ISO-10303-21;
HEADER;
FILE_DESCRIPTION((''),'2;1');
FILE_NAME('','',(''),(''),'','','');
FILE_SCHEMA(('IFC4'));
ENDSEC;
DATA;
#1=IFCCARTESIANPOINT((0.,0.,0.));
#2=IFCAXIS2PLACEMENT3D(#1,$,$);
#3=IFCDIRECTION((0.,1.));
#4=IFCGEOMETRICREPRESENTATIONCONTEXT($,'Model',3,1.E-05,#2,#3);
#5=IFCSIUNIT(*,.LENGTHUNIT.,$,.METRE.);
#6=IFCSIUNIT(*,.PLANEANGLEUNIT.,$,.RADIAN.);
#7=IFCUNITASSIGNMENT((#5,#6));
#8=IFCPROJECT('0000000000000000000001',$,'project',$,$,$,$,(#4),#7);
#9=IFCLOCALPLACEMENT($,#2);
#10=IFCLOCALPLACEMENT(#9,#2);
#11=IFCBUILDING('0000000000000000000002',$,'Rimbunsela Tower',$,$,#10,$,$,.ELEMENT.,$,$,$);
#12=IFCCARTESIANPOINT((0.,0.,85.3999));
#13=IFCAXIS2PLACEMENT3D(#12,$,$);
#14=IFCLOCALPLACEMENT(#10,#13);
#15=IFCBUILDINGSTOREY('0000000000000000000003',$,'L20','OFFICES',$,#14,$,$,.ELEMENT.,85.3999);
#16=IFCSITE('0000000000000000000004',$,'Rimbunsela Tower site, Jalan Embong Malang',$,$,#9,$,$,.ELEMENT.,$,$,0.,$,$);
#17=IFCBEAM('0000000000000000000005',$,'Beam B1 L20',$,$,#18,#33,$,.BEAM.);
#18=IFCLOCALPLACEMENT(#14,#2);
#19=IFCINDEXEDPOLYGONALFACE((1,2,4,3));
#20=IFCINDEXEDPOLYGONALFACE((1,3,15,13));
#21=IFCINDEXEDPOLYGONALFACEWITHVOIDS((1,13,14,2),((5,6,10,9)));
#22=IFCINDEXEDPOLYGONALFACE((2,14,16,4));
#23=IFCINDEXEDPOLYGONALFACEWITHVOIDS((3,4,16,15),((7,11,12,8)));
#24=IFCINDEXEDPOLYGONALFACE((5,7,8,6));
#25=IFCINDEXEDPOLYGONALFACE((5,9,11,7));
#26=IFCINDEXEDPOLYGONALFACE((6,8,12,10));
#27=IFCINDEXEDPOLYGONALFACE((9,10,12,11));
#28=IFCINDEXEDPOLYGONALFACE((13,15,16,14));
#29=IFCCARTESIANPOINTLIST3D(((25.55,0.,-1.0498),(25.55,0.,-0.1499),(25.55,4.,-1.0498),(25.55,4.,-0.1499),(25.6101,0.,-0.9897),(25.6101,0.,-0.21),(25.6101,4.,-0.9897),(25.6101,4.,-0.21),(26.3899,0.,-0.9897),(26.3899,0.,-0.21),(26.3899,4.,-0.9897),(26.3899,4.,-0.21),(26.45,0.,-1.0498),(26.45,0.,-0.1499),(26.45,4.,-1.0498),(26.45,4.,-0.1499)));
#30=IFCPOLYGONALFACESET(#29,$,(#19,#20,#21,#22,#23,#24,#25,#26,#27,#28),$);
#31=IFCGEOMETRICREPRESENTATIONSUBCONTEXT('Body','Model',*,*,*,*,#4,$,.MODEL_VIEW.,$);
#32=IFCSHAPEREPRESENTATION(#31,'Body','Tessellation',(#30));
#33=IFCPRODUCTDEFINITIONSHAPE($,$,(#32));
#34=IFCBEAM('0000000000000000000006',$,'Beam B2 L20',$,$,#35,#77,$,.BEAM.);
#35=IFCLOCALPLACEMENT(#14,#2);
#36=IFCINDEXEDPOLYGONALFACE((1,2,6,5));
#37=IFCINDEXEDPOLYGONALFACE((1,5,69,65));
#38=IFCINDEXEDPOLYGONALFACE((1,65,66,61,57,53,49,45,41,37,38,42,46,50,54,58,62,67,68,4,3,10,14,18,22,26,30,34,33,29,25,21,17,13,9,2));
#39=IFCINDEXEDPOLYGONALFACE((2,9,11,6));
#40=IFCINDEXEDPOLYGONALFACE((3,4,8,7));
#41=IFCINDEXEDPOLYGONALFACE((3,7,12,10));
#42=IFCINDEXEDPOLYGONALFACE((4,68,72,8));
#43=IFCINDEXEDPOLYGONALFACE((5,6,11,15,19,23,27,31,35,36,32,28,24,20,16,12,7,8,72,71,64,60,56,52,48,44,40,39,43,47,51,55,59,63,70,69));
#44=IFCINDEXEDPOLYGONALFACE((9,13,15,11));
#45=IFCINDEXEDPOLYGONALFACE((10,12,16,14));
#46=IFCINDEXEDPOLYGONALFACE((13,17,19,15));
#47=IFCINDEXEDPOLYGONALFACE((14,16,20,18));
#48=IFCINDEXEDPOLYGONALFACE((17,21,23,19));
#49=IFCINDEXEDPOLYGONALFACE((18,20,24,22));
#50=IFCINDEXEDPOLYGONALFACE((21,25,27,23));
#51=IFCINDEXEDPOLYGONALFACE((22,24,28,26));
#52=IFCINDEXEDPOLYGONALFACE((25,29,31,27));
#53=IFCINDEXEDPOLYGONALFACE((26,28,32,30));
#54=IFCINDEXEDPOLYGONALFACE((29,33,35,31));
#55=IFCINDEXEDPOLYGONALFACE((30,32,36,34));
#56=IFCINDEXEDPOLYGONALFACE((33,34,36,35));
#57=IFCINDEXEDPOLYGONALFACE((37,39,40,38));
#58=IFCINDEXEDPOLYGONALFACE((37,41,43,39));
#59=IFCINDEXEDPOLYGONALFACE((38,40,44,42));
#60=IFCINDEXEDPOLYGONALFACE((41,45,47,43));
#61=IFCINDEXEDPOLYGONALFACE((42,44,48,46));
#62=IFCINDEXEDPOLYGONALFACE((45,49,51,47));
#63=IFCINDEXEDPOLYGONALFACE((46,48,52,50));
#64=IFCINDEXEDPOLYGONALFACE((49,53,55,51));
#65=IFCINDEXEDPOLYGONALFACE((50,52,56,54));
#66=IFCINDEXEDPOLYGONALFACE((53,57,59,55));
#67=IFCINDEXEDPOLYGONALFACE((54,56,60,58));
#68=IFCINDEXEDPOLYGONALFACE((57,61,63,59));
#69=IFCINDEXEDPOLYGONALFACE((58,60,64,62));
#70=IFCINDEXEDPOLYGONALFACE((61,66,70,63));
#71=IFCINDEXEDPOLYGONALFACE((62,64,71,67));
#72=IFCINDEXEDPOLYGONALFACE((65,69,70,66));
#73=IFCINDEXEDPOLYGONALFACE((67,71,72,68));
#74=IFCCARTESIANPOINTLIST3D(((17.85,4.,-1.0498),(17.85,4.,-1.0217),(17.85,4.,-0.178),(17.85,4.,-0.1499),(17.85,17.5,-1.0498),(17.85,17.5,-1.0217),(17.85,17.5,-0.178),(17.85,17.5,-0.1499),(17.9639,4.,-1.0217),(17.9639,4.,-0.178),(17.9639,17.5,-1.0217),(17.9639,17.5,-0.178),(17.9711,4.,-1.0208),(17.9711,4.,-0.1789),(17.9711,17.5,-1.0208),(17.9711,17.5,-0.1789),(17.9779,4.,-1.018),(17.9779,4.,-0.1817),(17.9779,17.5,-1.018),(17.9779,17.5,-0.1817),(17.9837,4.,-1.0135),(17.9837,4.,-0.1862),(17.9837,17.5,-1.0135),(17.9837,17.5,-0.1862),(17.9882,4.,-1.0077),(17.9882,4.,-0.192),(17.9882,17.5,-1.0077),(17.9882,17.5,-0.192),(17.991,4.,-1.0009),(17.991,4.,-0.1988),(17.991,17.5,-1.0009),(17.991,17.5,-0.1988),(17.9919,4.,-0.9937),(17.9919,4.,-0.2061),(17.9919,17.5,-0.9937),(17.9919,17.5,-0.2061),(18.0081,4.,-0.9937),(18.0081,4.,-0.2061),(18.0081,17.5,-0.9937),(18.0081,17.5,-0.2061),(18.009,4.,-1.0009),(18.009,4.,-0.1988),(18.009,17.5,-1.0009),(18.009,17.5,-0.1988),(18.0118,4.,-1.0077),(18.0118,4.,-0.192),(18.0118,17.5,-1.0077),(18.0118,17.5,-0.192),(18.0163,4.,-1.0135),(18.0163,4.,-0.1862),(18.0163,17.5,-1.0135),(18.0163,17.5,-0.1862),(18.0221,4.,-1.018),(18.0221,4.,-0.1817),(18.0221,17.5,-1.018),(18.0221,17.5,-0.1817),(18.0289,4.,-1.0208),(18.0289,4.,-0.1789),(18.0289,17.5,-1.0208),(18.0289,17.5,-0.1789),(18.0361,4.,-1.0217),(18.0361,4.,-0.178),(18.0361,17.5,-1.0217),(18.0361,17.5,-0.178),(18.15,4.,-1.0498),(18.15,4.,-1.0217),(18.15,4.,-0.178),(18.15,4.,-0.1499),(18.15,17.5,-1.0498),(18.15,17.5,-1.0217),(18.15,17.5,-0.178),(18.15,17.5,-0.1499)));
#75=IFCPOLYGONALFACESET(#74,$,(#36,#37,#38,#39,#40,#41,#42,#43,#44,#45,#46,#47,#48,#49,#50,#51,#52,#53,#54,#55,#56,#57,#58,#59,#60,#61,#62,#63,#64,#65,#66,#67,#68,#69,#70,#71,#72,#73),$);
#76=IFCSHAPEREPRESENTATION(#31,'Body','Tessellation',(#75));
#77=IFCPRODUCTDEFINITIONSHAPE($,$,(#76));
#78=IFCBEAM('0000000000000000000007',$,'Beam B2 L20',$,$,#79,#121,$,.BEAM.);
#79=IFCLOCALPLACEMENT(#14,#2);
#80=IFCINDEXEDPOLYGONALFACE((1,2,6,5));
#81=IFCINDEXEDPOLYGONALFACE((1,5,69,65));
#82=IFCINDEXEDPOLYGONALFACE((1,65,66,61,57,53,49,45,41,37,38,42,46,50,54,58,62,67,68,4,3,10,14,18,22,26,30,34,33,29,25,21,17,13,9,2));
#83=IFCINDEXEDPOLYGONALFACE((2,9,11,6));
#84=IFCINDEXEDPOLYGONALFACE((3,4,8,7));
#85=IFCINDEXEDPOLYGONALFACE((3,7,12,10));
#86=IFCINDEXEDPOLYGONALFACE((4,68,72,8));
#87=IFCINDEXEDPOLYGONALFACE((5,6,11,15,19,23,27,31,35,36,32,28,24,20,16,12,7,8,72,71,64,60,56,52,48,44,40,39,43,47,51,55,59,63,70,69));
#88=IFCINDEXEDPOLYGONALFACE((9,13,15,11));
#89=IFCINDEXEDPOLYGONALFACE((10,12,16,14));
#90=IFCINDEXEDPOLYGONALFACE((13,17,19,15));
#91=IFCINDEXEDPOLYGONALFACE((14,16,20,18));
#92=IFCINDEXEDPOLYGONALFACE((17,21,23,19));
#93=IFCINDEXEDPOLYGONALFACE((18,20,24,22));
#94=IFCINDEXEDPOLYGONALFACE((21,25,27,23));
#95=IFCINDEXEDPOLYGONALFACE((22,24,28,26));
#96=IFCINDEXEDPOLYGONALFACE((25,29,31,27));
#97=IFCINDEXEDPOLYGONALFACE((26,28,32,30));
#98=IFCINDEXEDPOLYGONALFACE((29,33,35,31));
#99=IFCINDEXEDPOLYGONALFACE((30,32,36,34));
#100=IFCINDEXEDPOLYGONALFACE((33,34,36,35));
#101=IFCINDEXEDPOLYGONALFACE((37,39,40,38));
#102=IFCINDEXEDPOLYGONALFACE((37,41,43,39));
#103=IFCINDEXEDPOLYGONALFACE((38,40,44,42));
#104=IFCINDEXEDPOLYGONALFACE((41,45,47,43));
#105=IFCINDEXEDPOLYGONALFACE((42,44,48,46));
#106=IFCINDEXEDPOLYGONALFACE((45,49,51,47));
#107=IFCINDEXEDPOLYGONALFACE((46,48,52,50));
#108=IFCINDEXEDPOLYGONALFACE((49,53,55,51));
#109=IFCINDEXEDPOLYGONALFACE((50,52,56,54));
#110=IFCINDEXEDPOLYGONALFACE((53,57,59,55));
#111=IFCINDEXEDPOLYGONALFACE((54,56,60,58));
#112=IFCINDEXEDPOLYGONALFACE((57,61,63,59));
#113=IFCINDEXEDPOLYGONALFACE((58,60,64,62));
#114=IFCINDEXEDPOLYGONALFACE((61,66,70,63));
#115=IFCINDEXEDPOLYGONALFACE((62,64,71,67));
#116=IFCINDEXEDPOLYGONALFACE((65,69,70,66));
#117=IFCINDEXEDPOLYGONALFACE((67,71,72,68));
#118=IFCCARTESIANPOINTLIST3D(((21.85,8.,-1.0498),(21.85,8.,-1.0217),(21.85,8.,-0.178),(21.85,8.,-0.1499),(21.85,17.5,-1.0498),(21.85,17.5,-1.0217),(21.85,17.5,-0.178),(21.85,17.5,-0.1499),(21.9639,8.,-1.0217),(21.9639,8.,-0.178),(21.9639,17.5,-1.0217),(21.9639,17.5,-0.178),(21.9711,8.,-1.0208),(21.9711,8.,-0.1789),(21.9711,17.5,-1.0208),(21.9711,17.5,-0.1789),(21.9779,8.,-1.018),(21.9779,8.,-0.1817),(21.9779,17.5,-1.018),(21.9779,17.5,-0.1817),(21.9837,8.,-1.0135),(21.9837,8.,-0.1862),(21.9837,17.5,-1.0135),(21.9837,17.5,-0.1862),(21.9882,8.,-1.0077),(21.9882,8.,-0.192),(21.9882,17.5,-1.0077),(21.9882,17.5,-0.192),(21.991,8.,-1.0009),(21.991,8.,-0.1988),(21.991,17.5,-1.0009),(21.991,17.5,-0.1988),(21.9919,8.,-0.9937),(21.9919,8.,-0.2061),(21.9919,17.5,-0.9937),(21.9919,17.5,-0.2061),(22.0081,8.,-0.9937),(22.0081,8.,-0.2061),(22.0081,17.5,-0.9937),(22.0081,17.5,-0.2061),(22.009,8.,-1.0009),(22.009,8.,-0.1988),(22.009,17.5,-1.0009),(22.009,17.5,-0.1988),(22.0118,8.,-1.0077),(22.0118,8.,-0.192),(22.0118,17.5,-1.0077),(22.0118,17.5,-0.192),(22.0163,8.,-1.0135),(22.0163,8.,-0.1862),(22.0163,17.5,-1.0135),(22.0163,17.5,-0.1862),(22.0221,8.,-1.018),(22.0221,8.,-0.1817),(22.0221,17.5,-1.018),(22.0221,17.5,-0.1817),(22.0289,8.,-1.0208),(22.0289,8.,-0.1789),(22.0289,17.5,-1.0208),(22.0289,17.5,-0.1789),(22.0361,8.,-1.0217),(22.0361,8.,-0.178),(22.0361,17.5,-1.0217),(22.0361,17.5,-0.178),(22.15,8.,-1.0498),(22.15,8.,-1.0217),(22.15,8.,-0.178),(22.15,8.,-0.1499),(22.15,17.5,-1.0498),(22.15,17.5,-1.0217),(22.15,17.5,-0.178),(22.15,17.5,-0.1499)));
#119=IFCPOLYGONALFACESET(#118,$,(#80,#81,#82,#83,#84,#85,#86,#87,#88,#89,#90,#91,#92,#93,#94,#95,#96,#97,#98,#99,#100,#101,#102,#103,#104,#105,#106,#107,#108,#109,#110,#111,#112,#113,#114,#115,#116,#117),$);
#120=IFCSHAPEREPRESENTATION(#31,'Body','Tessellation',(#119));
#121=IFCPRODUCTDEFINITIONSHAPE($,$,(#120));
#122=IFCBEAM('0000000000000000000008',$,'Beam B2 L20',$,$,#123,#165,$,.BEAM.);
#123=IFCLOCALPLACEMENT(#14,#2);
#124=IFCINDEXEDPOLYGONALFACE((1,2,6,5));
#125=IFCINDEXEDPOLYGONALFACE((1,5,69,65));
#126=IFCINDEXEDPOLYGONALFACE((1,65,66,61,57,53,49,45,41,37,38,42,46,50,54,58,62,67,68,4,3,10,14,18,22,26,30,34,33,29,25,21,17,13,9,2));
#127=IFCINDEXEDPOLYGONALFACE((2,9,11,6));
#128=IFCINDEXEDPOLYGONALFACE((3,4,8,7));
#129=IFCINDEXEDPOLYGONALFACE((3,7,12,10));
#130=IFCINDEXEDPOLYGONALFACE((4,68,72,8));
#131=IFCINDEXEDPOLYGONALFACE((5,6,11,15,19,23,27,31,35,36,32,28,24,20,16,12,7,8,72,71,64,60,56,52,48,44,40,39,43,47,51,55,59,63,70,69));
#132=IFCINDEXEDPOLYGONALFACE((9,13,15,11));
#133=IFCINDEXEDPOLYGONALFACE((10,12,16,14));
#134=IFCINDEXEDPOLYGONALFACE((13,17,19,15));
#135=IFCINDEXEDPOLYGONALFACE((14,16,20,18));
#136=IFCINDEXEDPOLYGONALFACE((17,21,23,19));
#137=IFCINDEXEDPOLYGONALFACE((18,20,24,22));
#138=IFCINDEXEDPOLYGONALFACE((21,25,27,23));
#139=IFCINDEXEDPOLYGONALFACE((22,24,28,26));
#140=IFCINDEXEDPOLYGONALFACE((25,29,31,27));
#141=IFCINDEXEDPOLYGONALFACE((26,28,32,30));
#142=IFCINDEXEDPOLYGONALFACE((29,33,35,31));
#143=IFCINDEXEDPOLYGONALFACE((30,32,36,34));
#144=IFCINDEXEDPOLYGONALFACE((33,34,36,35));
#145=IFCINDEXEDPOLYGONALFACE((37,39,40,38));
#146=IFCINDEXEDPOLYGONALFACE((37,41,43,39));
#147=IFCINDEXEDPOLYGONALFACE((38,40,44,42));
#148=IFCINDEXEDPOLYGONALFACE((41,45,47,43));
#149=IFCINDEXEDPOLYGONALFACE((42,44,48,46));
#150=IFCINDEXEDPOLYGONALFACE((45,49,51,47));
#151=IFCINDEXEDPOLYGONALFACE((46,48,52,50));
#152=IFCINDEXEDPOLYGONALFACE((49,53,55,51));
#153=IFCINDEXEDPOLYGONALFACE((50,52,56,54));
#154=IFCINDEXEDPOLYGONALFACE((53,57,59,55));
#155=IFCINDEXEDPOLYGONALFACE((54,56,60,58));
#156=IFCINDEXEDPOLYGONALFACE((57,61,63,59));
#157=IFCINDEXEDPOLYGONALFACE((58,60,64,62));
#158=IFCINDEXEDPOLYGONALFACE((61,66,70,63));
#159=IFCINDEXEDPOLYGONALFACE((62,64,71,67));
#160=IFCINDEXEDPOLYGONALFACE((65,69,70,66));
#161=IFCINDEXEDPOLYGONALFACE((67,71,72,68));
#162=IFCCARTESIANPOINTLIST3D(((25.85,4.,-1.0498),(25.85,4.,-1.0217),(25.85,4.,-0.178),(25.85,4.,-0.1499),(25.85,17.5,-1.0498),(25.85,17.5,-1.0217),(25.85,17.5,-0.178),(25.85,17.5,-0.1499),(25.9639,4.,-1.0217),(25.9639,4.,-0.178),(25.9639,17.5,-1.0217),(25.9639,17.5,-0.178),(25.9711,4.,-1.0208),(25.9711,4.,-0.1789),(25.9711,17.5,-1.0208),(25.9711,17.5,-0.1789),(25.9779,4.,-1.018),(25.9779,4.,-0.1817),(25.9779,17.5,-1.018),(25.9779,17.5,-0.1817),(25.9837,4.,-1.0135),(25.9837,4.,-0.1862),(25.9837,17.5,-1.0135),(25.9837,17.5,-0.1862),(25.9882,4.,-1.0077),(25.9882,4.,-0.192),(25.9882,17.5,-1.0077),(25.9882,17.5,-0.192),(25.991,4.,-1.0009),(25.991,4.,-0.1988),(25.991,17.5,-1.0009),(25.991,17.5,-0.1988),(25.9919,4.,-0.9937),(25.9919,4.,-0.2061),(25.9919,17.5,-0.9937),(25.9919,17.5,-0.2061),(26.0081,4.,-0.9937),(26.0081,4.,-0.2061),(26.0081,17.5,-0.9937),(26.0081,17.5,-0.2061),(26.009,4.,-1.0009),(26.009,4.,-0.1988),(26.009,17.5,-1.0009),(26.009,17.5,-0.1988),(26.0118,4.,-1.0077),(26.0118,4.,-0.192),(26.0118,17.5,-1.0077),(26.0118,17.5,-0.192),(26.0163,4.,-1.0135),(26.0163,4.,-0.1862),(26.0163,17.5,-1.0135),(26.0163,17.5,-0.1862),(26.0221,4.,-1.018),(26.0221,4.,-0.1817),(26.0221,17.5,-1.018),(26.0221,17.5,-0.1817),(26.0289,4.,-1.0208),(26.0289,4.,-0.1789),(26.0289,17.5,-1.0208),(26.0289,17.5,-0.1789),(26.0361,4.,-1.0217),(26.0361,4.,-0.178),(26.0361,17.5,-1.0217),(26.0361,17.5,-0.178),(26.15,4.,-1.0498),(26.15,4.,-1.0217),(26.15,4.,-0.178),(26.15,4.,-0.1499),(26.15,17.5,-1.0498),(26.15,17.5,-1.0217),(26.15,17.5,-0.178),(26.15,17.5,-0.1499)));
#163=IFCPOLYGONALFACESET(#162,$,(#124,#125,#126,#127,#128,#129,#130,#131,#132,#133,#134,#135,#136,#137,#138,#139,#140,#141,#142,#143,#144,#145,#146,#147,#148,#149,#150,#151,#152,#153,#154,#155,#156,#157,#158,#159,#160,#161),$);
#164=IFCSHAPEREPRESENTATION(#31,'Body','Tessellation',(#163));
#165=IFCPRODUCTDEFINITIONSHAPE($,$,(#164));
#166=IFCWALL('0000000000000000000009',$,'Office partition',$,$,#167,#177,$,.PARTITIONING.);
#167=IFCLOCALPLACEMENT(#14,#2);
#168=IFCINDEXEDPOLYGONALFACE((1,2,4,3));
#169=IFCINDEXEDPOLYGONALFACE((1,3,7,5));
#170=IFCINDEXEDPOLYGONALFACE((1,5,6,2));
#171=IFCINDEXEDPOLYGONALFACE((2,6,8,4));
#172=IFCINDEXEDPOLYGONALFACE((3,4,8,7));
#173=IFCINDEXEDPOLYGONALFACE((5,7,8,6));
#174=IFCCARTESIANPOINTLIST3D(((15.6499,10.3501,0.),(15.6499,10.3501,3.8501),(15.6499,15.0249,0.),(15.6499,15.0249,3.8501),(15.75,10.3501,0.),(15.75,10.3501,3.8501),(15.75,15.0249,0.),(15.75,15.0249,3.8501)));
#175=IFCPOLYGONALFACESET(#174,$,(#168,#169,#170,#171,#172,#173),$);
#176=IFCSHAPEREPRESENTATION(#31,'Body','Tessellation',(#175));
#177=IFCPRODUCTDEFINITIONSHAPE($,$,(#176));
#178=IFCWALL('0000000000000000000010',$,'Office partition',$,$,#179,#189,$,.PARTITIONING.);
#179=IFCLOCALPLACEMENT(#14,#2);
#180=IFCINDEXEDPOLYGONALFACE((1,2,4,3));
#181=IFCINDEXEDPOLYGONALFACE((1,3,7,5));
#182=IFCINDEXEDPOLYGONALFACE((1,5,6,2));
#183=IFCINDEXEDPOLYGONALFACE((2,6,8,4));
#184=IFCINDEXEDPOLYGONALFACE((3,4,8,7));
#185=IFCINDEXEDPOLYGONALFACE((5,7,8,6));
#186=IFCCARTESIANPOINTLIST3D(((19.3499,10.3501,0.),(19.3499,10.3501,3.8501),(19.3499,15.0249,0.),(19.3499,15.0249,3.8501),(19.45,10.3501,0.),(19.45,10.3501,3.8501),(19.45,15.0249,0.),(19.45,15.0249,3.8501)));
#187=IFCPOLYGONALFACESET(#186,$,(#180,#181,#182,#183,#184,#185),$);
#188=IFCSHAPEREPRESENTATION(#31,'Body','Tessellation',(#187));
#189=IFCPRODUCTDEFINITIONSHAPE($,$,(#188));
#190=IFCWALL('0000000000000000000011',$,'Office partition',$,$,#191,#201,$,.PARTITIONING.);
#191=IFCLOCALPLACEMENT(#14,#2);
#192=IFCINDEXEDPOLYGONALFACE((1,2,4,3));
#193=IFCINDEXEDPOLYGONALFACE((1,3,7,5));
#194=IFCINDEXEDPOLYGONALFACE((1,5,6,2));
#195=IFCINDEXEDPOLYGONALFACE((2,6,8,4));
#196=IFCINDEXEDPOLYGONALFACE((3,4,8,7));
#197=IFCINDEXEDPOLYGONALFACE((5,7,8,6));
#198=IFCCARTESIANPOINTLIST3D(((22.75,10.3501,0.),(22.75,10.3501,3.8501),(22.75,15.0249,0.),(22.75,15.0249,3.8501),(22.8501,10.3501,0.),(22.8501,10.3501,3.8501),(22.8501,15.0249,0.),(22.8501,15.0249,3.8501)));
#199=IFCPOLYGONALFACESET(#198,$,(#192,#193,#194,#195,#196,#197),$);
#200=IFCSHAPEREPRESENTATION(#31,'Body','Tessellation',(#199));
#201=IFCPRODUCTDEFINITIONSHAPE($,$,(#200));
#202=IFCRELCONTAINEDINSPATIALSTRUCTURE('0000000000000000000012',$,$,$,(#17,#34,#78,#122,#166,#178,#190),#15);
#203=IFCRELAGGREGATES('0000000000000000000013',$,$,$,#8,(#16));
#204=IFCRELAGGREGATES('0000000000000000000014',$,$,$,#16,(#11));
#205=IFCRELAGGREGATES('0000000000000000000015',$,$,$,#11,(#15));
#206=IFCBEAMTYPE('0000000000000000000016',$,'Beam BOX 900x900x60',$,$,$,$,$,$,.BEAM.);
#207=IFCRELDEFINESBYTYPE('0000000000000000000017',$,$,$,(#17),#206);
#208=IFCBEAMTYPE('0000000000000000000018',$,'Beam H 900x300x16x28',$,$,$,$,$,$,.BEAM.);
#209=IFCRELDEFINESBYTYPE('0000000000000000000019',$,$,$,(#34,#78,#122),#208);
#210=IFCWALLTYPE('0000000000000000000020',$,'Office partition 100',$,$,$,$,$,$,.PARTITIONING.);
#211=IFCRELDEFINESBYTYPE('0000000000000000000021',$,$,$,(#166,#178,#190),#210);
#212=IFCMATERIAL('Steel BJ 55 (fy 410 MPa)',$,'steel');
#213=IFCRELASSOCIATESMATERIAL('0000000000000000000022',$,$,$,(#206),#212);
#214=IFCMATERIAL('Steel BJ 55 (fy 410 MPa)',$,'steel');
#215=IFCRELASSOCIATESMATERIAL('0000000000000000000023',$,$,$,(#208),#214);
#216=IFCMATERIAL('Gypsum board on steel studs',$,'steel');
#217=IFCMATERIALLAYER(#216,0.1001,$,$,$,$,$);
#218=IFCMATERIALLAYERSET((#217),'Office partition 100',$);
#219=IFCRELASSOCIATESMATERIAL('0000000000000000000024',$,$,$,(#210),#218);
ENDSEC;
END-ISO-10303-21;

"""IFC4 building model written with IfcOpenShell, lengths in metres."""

from ifc_helpers import new_model, si_unit, direction, frame, frame_2d, origin, origin_2d, place, context, subcontext, project, spatial, rectangle, hollow_rectangle, i_section, extrude, material, layer, layer_set, material_profile, profile_set, type_object, element, save


model = new_model("IFC4")

# Units and contexts
model_context = context("Model", 3, precision=1e-05, world=origin(), true_north=direction((0.0, 1.0)))
body_context = subcontext(model_context, "Body", "Model", "MODEL_VIEW")
ifc_project = project(units=[si_unit("LENGTHUNIT", "METRE"), si_unit("PLANEANGLEUNIT", "RADIAN")], contexts=[model_context])

# Site, building, storey
site_placement = place(None, origin())
site = spatial("IfcSite", under=ifc_project, at=site_placement, Name="Rimbunsela Tower site, Jalan Embong Malang", CompositionType="ELEMENT", RefElevation=0.0)
building_placement = place(site_placement, origin())
building = spatial("IfcBuilding", under=site, at=building_placement, Name="Rimbunsela Tower", CompositionType="ELEMENT")
storey_placement = place(building_placement, frame((0.0, 0.0, 85.3999)))
storey = spatial("IfcBuildingStorey", under=building, at=storey_placement, Name="L20", Description="OFFICES", CompositionType="ELEMENT", Elevation=85.3999)

# Beams
ifc_material_1 = material(Name="Steel BJ 55 (fy 410 MPa)", Category="steel")
ifc_material_profile_1 = material_profile(ifc_material_1, hollow_rectangle(XDim=0.8999, YDim=0.8999, WallThickness=0.0601, at=origin_2d()), Name="BOX 900x900x60")
ifc_profile_set_1 = profile_set([ifc_material_profile_1], Name="Steel BJ 55 (fy 410 MPa)")
beam_type_1 = type_object("IfcBeamType", Name="Beam BOX 900x900x60", PredefinedType="BEAM", material=ifc_profile_set_1)
beam_1_placement = place(storey_placement, frame((26.0, 0.0, -0.5999), z_axis=(0.0, 1.0, 0.0), x_axis=(-1.0, 0.0, 0.0)))
element("IfcBeam", 1, at=beam_1_placement, inside=storey, type_object=beam_type_1, Name="Beam B1 L20", PredefinedType="BEAM", context=body_context, shape_type="SweptSolid", body=[
    extrude(hollow_rectangle(XDim=0.8999, YDim=0.8999, WallThickness=0.0601, at=origin_2d()), origin(), (0.0, 0.0, 1.0), 4.0),
])
ifc_material_2 = material(Name="Steel BJ 55 (fy 410 MPa)", Category="steel")
ifc_material_profile_2 = material_profile(ifc_material_2, i_section(OverallWidth=0.3, OverallDepth=0.8999, WebThickness=0.0161, FlangeThickness=0.0281, FilletRadius=0.0281, at=origin_2d()), Name="H 900x300x16x28")
ifc_profile_set_2 = profile_set([ifc_material_profile_2], Name="Steel BJ 55 (fy 410 MPa)")
beam_type_2 = type_object("IfcBeamType", Name="Beam H 900x300x16x28", PredefinedType="BEAM", material=ifc_profile_set_2)
beam_2_placement = place(storey_placement, frame((18.0, 4.0, -0.5999), z_axis=(0.0, 1.0, 0.0), x_axis=(-1.0, 0.0, 0.0)))
element("IfcBeam", 2, at=beam_2_placement, inside=storey, type_object=beam_type_2, Name="Beam B2 L20", PredefinedType="BEAM", context=body_context, shape_type="SweptSolid", body=[
    extrude(i_section(OverallWidth=0.3, OverallDepth=0.8999, WebThickness=0.0161, FlangeThickness=0.0281, FilletRadius=0.0281, at=origin_2d()), origin(), (0.0, 0.0, 1.0), 13.5),
])
beam_3_placement = place(storey_placement, frame((22.0, 8.0, -0.5999), z_axis=(0.0, 1.0, 0.0), x_axis=(-1.0, 0.0, 0.0)))
element("IfcBeam", 3, at=beam_3_placement, inside=storey, type_object=beam_type_2, Name="Beam B2 L20", PredefinedType="BEAM", context=body_context, shape_type="SweptSolid", body=[
    extrude(i_section(OverallWidth=0.3, OverallDepth=0.8999, WebThickness=0.0161, FlangeThickness=0.0281, FilletRadius=0.0281, at=origin_2d()), origin(), (0.0, 0.0, 1.0), 9.5),
])
beam_4_placement = place(storey_placement, frame((26.0, 4.0, -0.5999), z_axis=(0.0, 1.0, 0.0), x_axis=(-1.0, 0.0, 0.0)))
element("IfcBeam", 4, at=beam_4_placement, inside=storey, type_object=beam_type_2, Name="Beam B2 L20", PredefinedType="BEAM", context=body_context, shape_type="SweptSolid", body=[
    extrude(i_section(OverallWidth=0.3, OverallDepth=0.8999, WebThickness=0.0161, FlangeThickness=0.0281, FilletRadius=0.0281, at=origin_2d()), origin(), (0.0, 0.0, 1.0), 13.5),
])

# Walls
ifc_material_3 = material(Name="Gypsum board on steel studs", Category="steel")
ifc_layer_1 = layer(ifc_material_3, 0.1001)
ifc_layer_set_1 = layer_set([ifc_layer_1], Name="Office partition 100")
wall_type_1 = type_object("IfcWallType", Name="Office partition 100", PredefinedType="PARTITIONING", material=ifc_layer_set_1)
for number, where, z_axis, x_axis, name in (
    (5, (15.7, 10.3501, 0.0), (0.0, 0.0, 1.0), (0.0, 1.0, 0.0), "Office partition"),
    (6, (19.3999, 10.3501, 0.0), (0.0, 0.0, 1.0), (0.0, 1.0, 0.0), "Office partition"),
    (7, (22.8, 10.3501, 0.0), (0.0, 0.0, 1.0), (0.0, 1.0, 0.0), "Office partition"),
):
    element("IfcWall", number, at=place(storey_placement, frame(where, z_axis=z_axis, x_axis=x_axis)), inside=storey, type_object=wall_type_1, Name=name, PredefinedType="PARTITIONING", context=body_context, shape_type="SweptSolid", body=[
        extrude(rectangle(XDim=4.6748, YDim=0.1001, at=frame_2d((2.3374, 0.0))), origin(), (0.0, 0.0, 1.0), 3.8501),
    ])

save(model, "model.ifc")
